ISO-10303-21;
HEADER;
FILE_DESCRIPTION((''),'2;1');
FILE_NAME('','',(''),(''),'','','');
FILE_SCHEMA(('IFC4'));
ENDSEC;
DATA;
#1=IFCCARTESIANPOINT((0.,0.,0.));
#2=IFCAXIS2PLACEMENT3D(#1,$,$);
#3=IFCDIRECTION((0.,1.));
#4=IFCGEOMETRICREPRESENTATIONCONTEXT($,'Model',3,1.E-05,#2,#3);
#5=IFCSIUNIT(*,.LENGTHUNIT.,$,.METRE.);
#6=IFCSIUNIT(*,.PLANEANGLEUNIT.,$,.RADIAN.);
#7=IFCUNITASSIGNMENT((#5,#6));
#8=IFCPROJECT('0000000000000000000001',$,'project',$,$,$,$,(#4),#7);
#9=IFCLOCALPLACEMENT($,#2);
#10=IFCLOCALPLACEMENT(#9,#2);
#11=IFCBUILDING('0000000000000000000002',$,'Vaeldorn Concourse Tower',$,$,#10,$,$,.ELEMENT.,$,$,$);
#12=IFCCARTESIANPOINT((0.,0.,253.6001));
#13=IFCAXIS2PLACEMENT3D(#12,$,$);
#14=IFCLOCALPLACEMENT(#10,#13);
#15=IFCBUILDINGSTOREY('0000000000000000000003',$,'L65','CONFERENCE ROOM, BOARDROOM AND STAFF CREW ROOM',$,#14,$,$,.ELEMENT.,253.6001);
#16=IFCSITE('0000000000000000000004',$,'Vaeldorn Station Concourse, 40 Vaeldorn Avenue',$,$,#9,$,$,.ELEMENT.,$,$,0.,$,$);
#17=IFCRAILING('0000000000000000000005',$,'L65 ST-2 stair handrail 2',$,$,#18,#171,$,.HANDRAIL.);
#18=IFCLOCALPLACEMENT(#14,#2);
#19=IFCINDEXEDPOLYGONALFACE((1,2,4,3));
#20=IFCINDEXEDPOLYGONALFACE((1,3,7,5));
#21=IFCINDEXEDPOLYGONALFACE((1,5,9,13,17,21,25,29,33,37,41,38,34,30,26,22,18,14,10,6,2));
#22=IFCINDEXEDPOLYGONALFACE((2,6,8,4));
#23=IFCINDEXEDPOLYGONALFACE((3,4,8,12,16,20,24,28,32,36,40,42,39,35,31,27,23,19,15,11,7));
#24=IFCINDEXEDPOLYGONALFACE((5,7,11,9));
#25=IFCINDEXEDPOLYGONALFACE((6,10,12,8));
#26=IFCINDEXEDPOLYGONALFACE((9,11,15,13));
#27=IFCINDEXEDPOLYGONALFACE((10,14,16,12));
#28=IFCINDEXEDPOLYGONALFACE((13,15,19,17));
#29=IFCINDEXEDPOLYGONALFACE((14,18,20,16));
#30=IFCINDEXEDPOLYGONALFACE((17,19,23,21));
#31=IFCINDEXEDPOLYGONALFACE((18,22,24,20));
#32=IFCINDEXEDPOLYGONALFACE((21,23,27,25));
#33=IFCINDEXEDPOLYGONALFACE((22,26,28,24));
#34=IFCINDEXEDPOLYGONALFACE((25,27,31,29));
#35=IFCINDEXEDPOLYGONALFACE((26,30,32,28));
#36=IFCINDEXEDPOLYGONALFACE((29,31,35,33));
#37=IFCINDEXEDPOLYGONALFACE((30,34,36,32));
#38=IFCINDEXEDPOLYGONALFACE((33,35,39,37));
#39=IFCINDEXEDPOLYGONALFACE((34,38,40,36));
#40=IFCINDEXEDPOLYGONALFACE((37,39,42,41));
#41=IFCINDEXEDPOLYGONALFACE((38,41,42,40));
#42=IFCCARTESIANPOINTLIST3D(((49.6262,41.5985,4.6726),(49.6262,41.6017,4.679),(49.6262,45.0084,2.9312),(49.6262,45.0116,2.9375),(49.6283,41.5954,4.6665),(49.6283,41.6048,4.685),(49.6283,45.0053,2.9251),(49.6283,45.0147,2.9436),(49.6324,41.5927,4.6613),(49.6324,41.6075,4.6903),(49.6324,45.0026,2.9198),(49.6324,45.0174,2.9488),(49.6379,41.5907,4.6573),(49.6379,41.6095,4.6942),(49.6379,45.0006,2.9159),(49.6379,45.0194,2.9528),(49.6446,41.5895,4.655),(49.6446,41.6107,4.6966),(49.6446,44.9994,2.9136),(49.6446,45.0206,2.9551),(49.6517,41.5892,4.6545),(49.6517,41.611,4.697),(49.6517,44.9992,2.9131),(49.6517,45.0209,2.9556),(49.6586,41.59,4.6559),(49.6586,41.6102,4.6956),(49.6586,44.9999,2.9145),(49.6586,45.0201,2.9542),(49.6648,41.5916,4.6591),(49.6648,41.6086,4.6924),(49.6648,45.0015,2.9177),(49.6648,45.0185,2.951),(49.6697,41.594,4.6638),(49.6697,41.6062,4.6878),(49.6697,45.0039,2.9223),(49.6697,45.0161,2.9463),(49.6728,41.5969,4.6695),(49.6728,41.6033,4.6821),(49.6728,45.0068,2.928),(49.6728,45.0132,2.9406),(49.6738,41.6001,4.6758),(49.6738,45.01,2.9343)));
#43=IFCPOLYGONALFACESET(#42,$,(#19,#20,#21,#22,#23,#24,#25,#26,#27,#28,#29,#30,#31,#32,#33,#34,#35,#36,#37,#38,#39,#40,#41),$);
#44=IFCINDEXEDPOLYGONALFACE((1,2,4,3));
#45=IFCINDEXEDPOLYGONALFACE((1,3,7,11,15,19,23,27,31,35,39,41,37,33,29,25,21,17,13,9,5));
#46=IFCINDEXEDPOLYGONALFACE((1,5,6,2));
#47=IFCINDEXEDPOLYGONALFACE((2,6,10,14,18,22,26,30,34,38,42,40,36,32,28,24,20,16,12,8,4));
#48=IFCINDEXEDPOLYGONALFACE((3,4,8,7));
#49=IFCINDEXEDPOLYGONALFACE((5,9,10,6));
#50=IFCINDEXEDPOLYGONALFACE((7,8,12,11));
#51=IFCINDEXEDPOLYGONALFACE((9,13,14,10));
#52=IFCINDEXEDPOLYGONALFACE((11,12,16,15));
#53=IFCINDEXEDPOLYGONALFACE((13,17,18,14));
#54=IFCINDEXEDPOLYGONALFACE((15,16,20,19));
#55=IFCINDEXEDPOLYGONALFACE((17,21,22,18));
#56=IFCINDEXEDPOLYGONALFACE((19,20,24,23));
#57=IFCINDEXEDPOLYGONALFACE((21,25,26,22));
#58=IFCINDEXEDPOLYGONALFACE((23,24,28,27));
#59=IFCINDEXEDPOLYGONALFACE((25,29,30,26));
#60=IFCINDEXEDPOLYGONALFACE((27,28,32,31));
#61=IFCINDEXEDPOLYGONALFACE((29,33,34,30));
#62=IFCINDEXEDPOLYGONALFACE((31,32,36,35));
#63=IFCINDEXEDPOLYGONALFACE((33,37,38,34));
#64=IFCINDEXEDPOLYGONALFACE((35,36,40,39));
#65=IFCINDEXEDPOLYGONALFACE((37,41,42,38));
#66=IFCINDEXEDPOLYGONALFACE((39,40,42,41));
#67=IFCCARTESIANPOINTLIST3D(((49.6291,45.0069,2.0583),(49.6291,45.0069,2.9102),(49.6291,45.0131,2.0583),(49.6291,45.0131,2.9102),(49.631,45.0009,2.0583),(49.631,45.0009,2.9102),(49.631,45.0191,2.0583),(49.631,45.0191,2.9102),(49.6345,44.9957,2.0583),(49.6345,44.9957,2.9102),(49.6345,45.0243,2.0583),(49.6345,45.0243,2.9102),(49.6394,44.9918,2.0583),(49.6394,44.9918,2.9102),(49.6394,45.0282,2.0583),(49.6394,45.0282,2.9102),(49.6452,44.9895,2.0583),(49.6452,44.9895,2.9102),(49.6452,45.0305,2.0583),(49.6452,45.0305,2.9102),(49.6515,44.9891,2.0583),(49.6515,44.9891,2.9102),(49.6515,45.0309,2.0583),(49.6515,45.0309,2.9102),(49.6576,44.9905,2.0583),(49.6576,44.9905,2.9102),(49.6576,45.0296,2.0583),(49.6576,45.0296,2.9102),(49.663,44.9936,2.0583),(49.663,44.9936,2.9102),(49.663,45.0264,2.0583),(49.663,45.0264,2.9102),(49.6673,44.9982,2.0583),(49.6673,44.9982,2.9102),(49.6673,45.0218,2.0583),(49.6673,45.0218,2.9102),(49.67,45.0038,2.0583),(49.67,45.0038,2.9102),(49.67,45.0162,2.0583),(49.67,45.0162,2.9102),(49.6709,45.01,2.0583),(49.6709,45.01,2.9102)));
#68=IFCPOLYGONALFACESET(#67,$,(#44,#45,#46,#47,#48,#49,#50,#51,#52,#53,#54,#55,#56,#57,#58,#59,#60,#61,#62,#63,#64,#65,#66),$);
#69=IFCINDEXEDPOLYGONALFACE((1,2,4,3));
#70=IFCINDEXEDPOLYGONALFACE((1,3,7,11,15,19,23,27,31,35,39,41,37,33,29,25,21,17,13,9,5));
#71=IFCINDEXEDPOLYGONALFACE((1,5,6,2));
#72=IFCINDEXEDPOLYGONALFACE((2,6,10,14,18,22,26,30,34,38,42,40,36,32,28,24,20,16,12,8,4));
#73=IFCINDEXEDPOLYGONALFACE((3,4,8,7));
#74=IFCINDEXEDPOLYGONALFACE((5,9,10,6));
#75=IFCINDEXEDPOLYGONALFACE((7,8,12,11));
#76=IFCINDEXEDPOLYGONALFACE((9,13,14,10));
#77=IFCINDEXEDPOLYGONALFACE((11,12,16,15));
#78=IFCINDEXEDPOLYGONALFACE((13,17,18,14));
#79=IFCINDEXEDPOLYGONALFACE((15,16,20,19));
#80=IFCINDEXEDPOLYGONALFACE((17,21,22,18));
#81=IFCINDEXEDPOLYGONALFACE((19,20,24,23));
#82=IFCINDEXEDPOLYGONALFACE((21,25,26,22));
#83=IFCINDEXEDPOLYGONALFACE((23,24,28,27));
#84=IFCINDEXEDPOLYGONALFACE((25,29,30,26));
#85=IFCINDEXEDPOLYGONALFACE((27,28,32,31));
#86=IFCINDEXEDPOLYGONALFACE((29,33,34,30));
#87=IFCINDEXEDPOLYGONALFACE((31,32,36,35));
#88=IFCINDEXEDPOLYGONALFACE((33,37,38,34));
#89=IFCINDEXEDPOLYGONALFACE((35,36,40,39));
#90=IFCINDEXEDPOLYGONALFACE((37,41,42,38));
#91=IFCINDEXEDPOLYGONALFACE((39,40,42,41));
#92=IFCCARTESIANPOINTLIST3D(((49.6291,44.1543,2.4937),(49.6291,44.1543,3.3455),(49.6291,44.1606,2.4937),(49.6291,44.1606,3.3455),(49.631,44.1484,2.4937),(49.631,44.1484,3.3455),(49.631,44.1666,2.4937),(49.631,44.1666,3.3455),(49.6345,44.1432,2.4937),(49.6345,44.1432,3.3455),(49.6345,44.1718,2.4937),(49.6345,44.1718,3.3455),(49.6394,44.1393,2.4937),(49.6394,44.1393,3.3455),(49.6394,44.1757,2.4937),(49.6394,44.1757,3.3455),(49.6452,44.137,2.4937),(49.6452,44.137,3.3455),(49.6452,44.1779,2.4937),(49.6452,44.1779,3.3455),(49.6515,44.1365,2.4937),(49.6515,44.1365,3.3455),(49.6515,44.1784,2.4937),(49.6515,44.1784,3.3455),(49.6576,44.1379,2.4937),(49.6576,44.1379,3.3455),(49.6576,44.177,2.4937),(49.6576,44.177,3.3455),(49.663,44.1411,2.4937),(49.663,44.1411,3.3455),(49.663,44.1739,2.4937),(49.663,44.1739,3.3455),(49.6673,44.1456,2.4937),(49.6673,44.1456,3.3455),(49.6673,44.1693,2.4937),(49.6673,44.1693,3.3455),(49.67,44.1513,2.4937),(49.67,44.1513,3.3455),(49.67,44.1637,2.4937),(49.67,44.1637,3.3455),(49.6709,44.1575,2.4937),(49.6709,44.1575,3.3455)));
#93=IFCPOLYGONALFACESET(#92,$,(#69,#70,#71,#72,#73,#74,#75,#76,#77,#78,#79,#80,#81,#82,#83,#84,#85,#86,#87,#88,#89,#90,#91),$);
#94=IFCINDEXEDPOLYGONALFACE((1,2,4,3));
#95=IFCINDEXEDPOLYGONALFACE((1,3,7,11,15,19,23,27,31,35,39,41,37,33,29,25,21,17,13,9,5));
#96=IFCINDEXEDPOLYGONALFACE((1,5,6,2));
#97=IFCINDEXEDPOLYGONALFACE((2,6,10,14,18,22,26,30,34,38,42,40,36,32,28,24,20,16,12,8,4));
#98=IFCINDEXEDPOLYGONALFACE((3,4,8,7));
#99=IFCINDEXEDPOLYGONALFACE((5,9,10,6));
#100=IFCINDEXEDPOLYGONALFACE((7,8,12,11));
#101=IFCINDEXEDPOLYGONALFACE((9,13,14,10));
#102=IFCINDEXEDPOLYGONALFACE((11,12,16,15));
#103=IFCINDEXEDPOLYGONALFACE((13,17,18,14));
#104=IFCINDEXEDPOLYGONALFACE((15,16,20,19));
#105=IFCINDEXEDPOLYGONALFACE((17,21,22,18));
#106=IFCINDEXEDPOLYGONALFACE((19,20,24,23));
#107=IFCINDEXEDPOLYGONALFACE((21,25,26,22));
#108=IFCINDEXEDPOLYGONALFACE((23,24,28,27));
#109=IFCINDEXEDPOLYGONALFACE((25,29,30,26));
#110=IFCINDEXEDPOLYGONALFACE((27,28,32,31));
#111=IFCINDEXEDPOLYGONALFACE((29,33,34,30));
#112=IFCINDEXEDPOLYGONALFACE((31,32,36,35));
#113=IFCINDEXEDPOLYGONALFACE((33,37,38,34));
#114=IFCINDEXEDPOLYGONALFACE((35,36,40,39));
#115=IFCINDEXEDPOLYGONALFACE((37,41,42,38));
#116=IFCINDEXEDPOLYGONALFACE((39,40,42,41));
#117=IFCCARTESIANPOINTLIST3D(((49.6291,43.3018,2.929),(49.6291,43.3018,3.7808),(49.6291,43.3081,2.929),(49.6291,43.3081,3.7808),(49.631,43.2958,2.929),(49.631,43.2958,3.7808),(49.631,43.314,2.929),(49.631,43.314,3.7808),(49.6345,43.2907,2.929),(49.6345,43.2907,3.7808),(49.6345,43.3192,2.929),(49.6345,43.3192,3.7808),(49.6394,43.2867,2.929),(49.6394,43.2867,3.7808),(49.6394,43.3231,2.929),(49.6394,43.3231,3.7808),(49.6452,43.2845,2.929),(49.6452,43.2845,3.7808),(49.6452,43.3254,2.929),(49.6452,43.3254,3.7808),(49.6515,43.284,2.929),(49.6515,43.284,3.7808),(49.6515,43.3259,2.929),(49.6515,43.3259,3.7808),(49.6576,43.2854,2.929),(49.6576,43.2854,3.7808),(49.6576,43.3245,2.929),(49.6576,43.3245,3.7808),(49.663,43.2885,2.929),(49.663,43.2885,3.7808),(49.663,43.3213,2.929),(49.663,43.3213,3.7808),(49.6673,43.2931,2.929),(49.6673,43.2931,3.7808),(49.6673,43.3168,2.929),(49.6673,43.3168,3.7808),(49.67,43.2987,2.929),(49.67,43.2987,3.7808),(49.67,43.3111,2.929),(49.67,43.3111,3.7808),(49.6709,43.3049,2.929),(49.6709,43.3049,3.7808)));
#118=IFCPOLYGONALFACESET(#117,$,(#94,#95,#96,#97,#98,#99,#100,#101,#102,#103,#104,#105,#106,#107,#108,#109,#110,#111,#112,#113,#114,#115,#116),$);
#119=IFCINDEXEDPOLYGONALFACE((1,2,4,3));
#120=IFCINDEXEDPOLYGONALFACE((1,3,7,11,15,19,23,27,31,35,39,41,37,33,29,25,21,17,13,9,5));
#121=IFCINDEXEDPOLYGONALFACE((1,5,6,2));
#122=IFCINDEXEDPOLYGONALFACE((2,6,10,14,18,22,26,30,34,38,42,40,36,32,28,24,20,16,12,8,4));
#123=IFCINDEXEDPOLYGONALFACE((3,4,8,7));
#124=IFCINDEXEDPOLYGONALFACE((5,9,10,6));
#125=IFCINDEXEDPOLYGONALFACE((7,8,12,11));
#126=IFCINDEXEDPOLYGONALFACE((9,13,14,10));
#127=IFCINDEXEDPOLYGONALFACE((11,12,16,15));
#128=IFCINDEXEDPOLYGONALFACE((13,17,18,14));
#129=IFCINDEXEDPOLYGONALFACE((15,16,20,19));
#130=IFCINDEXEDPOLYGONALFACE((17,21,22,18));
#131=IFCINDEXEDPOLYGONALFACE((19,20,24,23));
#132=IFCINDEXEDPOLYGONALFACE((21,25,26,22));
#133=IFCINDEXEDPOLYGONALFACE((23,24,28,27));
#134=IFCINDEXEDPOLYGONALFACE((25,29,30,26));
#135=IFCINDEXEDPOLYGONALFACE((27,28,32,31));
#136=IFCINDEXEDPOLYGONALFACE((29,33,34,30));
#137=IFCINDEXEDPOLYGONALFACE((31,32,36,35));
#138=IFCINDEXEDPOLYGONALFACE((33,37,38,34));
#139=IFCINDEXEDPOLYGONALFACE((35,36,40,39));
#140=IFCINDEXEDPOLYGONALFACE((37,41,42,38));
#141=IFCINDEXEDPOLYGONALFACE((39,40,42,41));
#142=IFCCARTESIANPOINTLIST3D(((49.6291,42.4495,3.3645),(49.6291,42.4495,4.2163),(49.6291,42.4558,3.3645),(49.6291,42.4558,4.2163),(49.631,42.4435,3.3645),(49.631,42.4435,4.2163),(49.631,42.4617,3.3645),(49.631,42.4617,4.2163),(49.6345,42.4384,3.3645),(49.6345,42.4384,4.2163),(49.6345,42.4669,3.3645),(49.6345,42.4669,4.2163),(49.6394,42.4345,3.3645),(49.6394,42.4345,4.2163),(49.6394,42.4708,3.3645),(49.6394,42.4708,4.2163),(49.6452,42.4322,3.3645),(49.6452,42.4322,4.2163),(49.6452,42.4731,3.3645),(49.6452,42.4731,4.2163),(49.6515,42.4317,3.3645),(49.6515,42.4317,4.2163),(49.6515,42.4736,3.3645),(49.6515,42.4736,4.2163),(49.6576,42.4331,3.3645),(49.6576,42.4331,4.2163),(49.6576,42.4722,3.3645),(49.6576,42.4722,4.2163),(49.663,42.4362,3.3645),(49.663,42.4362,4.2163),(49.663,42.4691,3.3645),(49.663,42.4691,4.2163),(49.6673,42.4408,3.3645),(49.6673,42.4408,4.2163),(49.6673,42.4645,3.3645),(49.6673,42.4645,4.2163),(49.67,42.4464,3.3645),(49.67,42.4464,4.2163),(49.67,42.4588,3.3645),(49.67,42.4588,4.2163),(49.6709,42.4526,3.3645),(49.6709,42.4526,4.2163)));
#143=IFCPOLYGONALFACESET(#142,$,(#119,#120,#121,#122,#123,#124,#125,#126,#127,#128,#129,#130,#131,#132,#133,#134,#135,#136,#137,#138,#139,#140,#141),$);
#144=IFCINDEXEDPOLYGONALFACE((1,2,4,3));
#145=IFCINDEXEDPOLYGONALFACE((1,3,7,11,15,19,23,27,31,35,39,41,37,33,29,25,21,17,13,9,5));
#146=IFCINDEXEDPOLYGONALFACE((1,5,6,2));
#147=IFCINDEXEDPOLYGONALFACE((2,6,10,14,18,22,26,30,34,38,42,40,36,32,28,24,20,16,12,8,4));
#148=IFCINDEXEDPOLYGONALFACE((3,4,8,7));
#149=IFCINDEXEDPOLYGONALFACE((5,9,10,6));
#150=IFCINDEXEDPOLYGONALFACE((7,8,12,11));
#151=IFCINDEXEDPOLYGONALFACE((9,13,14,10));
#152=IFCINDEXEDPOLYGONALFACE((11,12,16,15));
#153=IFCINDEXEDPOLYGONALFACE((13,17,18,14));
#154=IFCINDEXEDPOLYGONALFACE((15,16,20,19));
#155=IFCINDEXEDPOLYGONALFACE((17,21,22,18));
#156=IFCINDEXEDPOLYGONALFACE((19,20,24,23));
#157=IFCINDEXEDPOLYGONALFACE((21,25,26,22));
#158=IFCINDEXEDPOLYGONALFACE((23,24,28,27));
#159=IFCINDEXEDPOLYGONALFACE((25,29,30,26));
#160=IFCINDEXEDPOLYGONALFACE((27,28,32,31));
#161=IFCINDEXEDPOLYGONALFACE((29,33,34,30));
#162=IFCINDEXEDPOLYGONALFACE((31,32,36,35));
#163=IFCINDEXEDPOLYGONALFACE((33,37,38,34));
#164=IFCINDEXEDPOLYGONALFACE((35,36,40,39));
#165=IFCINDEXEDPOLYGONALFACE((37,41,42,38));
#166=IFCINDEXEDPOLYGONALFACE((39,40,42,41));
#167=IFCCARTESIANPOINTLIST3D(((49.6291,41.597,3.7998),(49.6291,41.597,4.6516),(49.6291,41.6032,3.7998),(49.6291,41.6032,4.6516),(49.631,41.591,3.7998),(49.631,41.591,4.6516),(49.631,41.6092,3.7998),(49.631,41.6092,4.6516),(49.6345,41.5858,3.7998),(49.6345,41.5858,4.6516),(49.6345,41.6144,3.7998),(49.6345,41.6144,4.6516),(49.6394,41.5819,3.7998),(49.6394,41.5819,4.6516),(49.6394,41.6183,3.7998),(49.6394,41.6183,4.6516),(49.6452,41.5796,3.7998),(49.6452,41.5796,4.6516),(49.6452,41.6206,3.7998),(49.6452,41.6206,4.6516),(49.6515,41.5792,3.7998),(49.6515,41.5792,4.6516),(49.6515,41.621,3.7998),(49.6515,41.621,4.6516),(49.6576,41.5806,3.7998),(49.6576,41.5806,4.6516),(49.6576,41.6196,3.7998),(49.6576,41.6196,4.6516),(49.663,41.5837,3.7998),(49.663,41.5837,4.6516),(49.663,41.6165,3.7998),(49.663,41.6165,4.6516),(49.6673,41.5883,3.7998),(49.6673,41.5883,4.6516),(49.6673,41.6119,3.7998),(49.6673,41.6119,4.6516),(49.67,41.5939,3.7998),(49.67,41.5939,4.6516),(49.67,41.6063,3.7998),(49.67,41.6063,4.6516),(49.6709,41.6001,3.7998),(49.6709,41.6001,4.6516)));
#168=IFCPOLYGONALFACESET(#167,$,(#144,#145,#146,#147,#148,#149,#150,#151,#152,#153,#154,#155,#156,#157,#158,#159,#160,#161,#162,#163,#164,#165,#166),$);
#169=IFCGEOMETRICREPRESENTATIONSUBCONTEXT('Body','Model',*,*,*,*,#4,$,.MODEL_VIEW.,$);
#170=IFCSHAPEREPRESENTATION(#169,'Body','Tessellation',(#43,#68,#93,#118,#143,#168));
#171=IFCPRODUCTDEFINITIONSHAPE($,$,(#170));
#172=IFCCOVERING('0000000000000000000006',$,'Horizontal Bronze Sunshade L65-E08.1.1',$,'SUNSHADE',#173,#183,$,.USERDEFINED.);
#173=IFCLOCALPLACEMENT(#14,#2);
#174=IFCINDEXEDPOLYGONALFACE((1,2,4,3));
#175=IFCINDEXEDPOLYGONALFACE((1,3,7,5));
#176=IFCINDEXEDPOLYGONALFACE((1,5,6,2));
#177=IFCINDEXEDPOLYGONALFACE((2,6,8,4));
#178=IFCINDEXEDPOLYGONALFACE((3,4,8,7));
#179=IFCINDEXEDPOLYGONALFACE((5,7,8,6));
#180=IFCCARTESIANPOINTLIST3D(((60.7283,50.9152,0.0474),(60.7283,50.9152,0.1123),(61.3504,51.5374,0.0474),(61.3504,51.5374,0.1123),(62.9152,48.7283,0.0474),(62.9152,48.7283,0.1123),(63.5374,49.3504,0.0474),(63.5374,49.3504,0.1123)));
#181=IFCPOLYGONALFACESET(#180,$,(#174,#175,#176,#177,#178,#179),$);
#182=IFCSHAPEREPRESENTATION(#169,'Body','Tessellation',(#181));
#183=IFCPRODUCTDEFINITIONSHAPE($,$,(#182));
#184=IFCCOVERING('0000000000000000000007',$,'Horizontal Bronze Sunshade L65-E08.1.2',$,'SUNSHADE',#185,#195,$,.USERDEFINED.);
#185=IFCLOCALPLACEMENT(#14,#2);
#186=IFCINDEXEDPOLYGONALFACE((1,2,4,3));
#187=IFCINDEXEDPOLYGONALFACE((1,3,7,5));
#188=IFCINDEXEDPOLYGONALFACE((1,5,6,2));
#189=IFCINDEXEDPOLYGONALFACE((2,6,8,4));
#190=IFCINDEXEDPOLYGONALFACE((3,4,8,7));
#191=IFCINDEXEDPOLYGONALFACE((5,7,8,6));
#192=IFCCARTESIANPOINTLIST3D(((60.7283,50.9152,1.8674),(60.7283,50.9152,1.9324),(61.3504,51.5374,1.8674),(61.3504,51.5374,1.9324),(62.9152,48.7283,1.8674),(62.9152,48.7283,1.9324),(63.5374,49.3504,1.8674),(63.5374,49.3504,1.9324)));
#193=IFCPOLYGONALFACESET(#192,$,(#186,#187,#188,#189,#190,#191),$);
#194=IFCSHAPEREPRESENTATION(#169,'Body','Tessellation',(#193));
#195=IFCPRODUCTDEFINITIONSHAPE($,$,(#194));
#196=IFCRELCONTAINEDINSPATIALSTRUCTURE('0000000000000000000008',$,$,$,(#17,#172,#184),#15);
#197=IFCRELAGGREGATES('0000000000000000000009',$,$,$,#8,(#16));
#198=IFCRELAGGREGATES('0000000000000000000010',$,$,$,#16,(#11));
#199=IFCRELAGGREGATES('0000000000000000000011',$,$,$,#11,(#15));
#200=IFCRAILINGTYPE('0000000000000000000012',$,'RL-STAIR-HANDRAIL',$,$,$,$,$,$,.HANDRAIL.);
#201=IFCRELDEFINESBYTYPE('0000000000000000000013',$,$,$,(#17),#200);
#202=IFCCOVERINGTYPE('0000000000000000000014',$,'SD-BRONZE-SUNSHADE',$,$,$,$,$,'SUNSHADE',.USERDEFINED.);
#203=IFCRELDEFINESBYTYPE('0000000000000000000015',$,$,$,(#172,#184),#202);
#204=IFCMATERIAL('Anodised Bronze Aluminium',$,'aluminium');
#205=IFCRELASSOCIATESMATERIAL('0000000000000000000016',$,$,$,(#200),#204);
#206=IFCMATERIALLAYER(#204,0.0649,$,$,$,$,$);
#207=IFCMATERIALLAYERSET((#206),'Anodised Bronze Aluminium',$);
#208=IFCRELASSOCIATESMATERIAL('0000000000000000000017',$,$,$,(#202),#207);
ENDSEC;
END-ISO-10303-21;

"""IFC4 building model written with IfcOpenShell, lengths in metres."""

from ifc_helpers import new_model, si_unit, direction, frame, origin, origin_2d, place, context, subcontext, project, spatial, rectangle, circle, extrude, source, transform, mapped, material, layer, layer_set, type_object, element, save


model = new_model("IFC4")

# Units and contexts
model_context = context("Model", 3, precision=1e-05, world=origin(), true_north=direction((0.0, 1.0)))
body_context = subcontext(model_context, "Body", "Model", "MODEL_VIEW")
ifc_project = project(units=[si_unit("LENGTHUNIT", "METRE"), si_unit("PLANEANGLEUNIT", "RADIAN")], contexts=[model_context])

# Site, building, storey
site_placement = place(None, origin())
site = spatial("IfcSite", under=ifc_project, at=site_placement, Name="Vaeldorn Station Concourse, 40 Vaeldorn Avenue", CompositionType="ELEMENT", RefElevation=0.0)
building_placement = place(site_placement, origin())
building = spatial("IfcBuilding", under=site, at=building_placement, Name="Vaeldorn Concourse Tower", CompositionType="ELEMENT")
storey_placement = place(building_placement, frame((0.0, 0.0, 253.6001)))
storey = spatial("IfcBuildingStorey", under=building, at=storey_placement, Name="L65", Description="CONFERENCE ROOM, BOARDROOM AND STAFF CREW ROOM", CompositionType="ELEMENT", Elevation=253.6001)

# Shared definitions
ifc_material_1 = material(Name="Anodised Bronze Aluminium", Category="aluminium")

# Railing
railing_type_1 = type_object("IfcRailingType", Name="RL-STAIR-HANDRAIL", PredefinedType="HANDRAIL", material=ifc_material_1)
railing_1_placement = place(storey_placement, frame((49.6499, 45.01, 2.0583)))
element("IfcRailing", 1, at=railing_1_placement, inside=storey, type_object=railing_type_1, Name="L65 ST-2 stair handrail 2", PredefinedType="HANDRAIL", context=body_context, shape_type="SweptSolid", body=[
    extrude(circle(Radius=0.0239, at=origin_2d()), frame((0.0, 0.0, 0.876), z_axis=(0.0, -0.890582, 0.454823), x_axis=(1.0, 0.0, 0.0)), (0.0, 0.0, 1.0), 3.8289),
    extrude(circle(Radius=0.021, at=origin_2d()), origin(), (0.0, 0.0, 1.0), 0.8518),
    extrude(circle(Radius=0.021, at=origin_2d()), frame((0.0, -0.8525, 0.4353)), (0.0, 0.0, 1.0), 0.8518),
    extrude(circle(Radius=0.021, at=origin_2d()), frame((0.0, -1.7051, 0.8706)), (0.0, 0.0, 1.0), 0.8518),
    extrude(circle(Radius=0.021, at=origin_2d()), frame((0.0, -2.5574, 1.3062)), (0.0, 0.0, 1.0), 0.8518),
    extrude(circle(Radius=0.021, at=origin_2d()), frame((0.0, -3.4099, 1.7415)), (0.0, 0.0, 1.0), 0.8518),
])

# Coverings
ifc_layer_1 = layer(ifc_material_1, 0.0649)
ifc_layer_set_1 = layer_set([ifc_layer_1], Name="Anodised Bronze Aluminium")
covering_type = type_object("IfcCoveringType", Name="SD-BRONZE-SUNSHADE", ElementType="SUNSHADE", PredefinedType="USERDEFINED", material=ifc_layer_set_1)
shared_shape_1 = source(origin(), body_context, "Body", "SweptSolid", [
    extrude(rectangle(XDim=3.0928, YDim=0.8799, at=origin_2d()), origin(), (0.0, 0.0, 1.0), 0.0649),
])
for number, where, z_axis, x_axis, name in (
    (2, (62.1328, 50.1328, 0.0474), (0.0, 0.0, 1.0), (-0.707107, 0.707107, 0.0), "Horizontal Bronze Sunshade L65-E08.1.1"),
    (3, (62.1328, 50.1328, 1.8674), (0.0, 0.0, 1.0), (-0.707107, 0.707107, 0.0), "Horizontal Bronze Sunshade L65-E08.1.2"),
):
    element("IfcCovering", number, at=place(storey_placement, frame(where, z_axis=z_axis, x_axis=x_axis)), inside=storey, type_object=covering_type, Name=name, ObjectType="SUNSHADE", PredefinedType="USERDEFINED", context=body_context, shape_type="MappedRepresentation", body=[
        mapped(shared_shape_1, transform((0.0, 0.0, 0.0), scale=1.0)),
    ])

save(model, "model.ifc")
